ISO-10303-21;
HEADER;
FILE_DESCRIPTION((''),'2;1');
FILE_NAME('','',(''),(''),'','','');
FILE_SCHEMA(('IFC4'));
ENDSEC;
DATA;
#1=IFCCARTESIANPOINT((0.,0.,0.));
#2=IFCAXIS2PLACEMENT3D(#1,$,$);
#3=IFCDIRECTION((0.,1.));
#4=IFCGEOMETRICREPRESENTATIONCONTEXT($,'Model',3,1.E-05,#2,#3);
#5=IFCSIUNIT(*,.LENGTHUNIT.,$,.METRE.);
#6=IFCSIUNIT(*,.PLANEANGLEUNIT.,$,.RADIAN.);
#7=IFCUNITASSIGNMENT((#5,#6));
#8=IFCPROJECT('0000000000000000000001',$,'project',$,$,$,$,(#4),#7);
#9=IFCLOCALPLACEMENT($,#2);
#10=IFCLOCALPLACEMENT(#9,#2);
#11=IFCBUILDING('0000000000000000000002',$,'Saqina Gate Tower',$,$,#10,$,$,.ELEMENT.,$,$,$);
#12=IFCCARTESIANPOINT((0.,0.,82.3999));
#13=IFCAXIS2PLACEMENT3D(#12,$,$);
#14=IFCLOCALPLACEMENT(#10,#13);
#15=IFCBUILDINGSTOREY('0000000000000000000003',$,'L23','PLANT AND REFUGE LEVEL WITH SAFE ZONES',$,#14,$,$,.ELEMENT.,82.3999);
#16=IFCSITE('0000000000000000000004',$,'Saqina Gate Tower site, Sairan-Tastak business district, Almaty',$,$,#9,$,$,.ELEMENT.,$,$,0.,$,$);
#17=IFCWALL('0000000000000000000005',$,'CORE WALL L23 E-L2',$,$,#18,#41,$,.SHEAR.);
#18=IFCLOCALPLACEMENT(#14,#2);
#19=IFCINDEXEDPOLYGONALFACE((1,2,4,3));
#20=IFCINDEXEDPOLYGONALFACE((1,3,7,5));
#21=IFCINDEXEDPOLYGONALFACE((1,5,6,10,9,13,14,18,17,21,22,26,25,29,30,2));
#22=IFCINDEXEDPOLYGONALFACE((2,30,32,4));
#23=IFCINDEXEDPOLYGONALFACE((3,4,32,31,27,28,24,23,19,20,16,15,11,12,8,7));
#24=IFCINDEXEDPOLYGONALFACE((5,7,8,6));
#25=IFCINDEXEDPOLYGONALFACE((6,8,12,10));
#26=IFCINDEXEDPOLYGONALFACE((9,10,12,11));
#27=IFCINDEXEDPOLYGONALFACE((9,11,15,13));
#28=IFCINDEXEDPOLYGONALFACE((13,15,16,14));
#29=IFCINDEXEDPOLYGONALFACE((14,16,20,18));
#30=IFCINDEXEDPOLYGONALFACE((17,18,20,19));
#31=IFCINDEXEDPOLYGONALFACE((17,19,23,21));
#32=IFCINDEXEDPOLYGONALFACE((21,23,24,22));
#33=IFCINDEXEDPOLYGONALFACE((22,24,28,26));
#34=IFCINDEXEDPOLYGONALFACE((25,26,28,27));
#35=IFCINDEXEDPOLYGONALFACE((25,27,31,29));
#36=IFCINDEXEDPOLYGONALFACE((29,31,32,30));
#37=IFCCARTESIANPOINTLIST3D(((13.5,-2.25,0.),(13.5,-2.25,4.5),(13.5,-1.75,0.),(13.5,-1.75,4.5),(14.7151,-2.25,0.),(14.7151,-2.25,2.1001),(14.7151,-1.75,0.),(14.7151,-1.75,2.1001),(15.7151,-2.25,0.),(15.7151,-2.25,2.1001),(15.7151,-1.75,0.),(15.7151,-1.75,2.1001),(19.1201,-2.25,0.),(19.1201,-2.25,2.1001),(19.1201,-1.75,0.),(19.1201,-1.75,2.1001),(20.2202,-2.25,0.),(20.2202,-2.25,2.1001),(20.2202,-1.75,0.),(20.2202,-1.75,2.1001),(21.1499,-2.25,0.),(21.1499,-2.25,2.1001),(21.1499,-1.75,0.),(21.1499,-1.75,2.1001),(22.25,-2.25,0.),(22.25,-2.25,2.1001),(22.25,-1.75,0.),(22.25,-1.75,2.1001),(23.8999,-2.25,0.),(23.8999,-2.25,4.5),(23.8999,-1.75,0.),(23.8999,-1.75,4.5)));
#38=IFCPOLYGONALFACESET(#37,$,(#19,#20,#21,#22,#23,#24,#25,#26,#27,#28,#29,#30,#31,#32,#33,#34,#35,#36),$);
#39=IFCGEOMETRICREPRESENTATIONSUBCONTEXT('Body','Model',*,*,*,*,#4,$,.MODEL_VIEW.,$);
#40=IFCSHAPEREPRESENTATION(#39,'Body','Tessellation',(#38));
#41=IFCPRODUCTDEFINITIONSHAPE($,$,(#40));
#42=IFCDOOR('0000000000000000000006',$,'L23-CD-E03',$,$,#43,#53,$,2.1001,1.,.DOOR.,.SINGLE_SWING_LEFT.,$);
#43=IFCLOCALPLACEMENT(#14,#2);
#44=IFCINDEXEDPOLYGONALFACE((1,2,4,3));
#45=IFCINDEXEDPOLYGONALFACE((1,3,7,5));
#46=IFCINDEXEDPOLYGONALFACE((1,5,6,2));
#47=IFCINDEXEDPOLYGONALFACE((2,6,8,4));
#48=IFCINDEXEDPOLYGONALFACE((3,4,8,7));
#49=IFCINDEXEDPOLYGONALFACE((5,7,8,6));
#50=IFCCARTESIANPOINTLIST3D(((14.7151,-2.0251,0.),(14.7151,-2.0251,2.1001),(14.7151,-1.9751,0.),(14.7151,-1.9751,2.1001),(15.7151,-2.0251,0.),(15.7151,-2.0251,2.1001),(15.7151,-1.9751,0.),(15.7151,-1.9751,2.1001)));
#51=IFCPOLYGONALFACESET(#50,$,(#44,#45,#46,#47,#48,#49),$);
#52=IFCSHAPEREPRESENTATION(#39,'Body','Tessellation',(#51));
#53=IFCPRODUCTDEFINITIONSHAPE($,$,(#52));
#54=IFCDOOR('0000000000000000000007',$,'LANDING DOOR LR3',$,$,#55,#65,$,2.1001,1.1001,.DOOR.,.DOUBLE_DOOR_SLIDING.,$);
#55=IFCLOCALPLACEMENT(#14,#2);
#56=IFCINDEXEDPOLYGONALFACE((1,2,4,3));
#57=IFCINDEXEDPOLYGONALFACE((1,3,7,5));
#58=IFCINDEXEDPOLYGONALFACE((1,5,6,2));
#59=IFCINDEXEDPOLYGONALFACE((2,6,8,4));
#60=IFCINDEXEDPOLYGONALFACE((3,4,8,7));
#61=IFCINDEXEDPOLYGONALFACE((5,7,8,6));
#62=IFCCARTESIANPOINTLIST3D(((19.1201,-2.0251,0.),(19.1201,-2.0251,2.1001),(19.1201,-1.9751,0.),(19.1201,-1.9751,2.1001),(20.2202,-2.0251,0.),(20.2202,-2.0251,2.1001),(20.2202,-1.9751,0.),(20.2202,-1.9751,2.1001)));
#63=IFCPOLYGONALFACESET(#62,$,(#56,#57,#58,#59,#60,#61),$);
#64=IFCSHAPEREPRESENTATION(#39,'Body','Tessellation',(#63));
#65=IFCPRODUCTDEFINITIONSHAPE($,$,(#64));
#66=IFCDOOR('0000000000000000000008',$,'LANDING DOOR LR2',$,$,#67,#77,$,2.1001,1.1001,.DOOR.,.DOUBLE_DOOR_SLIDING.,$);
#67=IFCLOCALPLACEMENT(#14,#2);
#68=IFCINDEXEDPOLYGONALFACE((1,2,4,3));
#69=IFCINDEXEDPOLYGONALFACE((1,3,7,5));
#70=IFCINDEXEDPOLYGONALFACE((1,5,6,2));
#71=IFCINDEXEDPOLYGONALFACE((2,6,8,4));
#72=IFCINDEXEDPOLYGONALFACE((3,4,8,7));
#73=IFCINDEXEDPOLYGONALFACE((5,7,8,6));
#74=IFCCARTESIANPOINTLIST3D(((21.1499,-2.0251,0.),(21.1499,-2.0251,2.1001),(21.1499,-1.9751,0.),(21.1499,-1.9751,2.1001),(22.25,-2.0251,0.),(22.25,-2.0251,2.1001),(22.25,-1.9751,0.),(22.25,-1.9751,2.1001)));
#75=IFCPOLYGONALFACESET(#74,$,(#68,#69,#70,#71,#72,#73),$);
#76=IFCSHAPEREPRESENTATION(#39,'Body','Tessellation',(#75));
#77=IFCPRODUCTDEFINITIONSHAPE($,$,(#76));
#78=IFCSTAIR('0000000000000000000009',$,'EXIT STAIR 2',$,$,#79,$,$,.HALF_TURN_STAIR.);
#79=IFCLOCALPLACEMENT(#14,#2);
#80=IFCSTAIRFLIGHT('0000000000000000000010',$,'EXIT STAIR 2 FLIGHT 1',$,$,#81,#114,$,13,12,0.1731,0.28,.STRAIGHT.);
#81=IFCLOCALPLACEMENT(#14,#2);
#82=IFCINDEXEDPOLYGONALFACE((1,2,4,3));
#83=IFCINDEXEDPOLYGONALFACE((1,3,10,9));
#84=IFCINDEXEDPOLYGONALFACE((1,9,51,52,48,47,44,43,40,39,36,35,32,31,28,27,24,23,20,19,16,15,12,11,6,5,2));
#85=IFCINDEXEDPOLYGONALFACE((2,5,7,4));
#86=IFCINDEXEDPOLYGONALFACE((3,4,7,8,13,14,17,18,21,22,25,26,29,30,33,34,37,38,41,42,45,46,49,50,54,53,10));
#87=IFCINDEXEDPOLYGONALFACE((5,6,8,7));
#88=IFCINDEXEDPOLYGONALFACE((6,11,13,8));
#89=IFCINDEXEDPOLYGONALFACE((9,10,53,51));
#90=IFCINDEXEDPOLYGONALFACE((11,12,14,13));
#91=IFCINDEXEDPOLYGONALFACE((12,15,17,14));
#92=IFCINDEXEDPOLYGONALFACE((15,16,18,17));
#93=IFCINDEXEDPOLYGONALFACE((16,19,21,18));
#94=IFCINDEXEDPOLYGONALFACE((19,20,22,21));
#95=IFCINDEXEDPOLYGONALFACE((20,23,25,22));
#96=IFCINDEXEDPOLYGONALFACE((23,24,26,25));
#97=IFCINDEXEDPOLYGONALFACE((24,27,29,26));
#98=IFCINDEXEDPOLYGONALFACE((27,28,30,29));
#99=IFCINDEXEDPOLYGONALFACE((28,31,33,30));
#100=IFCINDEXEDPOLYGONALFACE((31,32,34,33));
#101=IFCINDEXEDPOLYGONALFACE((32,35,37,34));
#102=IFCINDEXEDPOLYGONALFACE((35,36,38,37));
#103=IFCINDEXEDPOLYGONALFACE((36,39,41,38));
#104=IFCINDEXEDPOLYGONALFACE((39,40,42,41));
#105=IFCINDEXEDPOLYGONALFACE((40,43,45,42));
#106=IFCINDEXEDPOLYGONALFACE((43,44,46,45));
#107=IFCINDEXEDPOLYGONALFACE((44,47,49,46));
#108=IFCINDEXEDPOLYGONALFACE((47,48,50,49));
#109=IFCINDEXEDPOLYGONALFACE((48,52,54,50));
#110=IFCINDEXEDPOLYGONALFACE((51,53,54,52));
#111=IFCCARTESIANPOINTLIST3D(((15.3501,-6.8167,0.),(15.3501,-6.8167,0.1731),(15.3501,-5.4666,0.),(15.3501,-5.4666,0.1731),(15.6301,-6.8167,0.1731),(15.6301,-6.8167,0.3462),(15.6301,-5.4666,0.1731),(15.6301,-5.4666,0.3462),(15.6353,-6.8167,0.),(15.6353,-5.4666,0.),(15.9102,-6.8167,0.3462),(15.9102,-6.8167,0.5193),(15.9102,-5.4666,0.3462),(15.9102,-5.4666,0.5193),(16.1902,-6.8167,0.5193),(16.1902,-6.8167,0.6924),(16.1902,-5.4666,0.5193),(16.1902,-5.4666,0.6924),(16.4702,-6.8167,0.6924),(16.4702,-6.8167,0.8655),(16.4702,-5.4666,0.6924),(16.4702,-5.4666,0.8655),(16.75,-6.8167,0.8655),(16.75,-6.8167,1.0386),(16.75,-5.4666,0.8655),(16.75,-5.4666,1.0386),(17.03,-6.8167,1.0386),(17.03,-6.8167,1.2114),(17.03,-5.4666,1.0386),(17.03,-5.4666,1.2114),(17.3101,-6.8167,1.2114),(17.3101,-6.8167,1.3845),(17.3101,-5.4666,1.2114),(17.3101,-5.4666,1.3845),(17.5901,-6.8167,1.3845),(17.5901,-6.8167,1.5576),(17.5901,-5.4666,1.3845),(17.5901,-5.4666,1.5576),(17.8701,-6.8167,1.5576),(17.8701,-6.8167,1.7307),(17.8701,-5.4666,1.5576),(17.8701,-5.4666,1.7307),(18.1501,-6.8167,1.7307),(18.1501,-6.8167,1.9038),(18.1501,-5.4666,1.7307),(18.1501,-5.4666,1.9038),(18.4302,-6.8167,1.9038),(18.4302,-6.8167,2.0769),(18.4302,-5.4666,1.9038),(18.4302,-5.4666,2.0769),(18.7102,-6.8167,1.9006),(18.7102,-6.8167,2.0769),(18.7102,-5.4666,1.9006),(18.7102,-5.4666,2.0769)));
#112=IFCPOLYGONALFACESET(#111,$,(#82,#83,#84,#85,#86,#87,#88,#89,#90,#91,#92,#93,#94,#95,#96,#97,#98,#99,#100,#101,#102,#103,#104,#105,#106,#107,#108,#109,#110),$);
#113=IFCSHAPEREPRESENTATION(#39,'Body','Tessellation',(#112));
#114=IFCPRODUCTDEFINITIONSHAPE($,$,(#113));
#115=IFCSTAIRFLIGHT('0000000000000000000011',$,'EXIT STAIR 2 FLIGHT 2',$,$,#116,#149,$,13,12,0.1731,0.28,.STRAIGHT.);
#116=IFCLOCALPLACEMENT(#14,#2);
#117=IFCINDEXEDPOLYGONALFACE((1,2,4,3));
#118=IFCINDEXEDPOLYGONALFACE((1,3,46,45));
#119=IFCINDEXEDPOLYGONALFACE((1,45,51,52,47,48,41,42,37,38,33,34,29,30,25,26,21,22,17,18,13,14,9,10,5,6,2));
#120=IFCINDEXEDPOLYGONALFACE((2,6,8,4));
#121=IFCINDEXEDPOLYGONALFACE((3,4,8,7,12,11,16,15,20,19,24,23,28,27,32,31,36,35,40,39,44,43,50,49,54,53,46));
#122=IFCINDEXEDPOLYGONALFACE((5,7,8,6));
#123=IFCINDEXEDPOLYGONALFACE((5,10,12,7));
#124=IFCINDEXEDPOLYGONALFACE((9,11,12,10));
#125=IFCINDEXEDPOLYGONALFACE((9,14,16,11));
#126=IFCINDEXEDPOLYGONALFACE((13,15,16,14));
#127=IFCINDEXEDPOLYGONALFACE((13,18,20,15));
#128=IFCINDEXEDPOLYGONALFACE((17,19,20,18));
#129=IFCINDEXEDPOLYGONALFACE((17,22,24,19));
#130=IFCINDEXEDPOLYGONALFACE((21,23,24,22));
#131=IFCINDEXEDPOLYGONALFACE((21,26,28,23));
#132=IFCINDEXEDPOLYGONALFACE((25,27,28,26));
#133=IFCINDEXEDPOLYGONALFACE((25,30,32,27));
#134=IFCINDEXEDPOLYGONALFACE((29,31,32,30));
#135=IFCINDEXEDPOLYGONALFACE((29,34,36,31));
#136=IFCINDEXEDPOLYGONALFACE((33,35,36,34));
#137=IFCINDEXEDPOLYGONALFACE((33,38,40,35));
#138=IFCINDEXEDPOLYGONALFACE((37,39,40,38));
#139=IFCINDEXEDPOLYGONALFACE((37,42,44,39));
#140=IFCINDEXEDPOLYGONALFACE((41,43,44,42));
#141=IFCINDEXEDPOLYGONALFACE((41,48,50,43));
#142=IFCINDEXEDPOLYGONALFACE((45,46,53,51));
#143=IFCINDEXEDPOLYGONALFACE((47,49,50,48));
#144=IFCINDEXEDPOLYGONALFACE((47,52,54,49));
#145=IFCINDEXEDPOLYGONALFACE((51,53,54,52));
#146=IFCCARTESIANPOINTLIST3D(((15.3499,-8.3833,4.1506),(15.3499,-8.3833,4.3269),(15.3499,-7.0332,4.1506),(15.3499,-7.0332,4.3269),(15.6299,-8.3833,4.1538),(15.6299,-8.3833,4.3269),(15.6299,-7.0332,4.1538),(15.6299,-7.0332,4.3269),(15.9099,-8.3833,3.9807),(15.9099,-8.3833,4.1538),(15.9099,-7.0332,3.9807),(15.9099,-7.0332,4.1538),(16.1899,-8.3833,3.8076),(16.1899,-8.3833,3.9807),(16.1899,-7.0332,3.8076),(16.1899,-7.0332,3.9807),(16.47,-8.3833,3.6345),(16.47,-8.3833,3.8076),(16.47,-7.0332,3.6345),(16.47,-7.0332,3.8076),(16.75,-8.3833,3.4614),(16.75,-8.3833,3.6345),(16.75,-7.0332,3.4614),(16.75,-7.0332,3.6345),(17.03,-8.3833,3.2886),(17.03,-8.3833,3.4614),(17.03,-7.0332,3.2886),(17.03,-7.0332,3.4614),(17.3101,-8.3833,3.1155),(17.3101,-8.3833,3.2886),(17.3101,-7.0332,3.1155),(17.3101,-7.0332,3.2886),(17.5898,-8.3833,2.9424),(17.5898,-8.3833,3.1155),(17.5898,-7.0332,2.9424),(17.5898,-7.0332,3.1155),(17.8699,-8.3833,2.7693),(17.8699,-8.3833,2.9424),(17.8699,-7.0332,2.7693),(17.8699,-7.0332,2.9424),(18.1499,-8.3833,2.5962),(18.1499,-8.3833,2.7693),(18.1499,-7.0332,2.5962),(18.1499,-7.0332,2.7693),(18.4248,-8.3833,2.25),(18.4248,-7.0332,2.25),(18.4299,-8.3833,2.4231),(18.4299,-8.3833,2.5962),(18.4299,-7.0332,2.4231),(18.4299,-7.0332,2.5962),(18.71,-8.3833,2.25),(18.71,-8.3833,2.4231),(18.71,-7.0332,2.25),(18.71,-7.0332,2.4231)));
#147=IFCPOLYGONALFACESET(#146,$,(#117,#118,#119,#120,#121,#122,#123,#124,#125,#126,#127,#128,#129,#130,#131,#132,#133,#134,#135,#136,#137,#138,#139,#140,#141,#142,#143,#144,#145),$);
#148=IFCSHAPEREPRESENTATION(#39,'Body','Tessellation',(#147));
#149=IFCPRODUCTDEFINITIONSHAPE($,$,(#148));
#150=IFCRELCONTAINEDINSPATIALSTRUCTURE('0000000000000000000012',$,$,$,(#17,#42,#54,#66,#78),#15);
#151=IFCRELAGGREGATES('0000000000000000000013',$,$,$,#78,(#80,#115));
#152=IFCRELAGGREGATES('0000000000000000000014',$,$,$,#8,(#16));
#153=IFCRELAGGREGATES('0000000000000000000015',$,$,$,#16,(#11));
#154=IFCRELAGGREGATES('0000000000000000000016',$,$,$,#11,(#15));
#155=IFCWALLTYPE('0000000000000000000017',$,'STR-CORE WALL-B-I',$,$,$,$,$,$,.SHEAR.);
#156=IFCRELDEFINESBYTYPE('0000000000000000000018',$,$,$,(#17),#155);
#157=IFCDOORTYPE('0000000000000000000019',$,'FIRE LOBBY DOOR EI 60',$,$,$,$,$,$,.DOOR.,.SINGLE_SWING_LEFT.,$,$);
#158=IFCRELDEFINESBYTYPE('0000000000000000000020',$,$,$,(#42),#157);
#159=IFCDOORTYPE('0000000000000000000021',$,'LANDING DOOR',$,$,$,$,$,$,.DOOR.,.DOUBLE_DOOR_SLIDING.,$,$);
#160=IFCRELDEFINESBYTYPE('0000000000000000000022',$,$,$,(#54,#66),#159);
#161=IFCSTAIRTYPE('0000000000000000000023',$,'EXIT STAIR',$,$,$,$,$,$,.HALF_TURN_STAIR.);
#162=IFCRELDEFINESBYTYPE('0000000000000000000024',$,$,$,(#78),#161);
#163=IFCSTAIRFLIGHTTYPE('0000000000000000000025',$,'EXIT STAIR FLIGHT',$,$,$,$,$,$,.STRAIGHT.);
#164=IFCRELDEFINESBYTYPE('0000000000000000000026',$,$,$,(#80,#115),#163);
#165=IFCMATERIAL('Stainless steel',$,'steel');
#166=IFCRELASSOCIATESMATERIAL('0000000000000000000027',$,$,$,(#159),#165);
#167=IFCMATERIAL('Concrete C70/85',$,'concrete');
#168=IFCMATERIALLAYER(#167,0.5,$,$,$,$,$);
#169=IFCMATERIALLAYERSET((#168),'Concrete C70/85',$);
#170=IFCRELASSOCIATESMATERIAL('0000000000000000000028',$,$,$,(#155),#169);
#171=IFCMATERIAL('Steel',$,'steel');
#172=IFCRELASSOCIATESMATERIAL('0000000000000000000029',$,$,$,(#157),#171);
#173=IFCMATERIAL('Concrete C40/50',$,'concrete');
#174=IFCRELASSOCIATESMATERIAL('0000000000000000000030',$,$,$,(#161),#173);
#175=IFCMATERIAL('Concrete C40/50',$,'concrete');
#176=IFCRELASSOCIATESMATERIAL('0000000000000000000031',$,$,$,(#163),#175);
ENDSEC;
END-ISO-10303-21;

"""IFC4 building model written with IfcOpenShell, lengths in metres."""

from ifc_helpers import new_model, si_unit, direction, frame, frame_2d, origin, place, context, subcontext, project, spatial, polyline, rectangle, outline, extrude, material, layer, layer_set, type_object, element, fill, aggregate, save


model = new_model("IFC4")

# Units and contexts
model_context = context("Model", 3, precision=1e-05, world=origin(), true_north=direction((0.0, 1.0)))
body_context = subcontext(model_context, "Body", "Model", "MODEL_VIEW")
ifc_project = project(units=[si_unit("LENGTHUNIT", "METRE"), si_unit("PLANEANGLEUNIT", "RADIAN")], contexts=[model_context])

# Site, building, storey
site_placement = place(None, origin())
site = spatial("IfcSite", under=ifc_project, at=site_placement, Name="Saqina Gate Tower site, Sairan-Tastak business district, Almaty", CompositionType="ELEMENT", RefElevation=0.0)
building_placement = place(site_placement, origin())
building = spatial("IfcBuilding", under=site, at=building_placement, Name="Saqina Gate Tower", CompositionType="ELEMENT")
storey_placement = place(building_placement, frame((0.0, 0.0, 82.3999)))
storey = spatial("IfcBuildingStorey", under=building, at=storey_placement, Name="L23", Description="PLANT AND REFUGE LEVEL WITH SAFE ZONES", CompositionType="ELEMENT", Elevation=82.3999)

# Shared definitions
ifc_material_1 = material(Name="Stainless steel", Category="steel")
door_type_1 = type_object("IfcDoorType", Name="LANDING DOOR", OperationType="DOUBLE_DOOR_SLIDING", PredefinedType="DOOR", material=ifc_material_1)

# Wall, openings, doors
ifc_material_2 = material(Name="Concrete C70/85", Category="concrete")
ifc_layer_1 = layer(ifc_material_2, 0.5)
ifc_layer_set_1 = layer_set([ifc_layer_1], Name="Concrete C70/85")
wall_type_1 = type_object("IfcWallType", Name="STR-CORE WALL-B-I", PredefinedType="SHEAR", material=ifc_layer_set_1)
wall_1_placement = place(storey_placement, frame((13.5, -2.0, 0.0), z_axis=(0.0, 0.0, 1.0), x_axis=(1.0, 0.0, 0.0)))
wall_1 = element("IfcWall", 1, at=wall_1_placement, inside=storey, type_object=wall_type_1, Name="CORE WALL L23 E-L2", PredefinedType="SHEAR", context=body_context, shape_type="SweptSolid", body=[
    extrude(rectangle(XDim=10.3999, YDim=0.5, at=frame_2d((5.2, 0.0))), origin(), (0.0, 0.0, 1.0), 4.5),
])
opening_1_placement = place(wall_1_placement, frame((5.6201, 0.0, 0.0)))
opening_1 = element("IfcOpeningElement", 2, at=opening_1_placement, cuts=wall_1, PredefinedType="OPENING", context=body_context, shape_type="SweptSolid", body=[
    extrude(rectangle(XDim=1.1001, YDim=2.1001, at=frame_2d((0.55, 1.05))), frame((0.0, 0.262, 0.0), z_axis=(0.0, -1.0, 0.0), x_axis=(1.0, 0.0, 0.0)), (0.0, 0.0, 1.0), 0.5239),
])
opening_2_placement = place(wall_1_placement, frame((7.6499, 0.0, 0.0)))
opening_2 = element("IfcOpeningElement", 3, at=opening_2_placement, cuts=wall_1, PredefinedType="OPENING", context=body_context, shape_type="SweptSolid", body=[
    extrude(rectangle(XDim=1.1001, YDim=2.1001, at=frame_2d((0.55, 1.05))), frame((0.0, 0.262, 0.0), z_axis=(0.0, -1.0, 0.0), x_axis=(1.0, 0.0, 0.0)), (0.0, 0.0, 1.0), 0.5239),
])
opening_3_placement = place(wall_1_placement, frame((1.2151, 0.0, 0.0)))
opening_3 = element("IfcOpeningElement", 4, at=opening_3_placement, cuts=wall_1, PredefinedType="OPENING", context=body_context, shape_type="SweptSolid", body=[
    extrude(rectangle(XDim=1.0, YDim=2.1001, at=frame_2d((0.5, 1.05))), frame((0.0, 0.262, 0.0), z_axis=(0.0, -1.0, 0.0), x_axis=(1.0, 0.0, 0.0)), (0.0, 0.0, 1.0), 0.5239),
])
ifc_material_3 = material(Name="Steel", Category="steel")
door_type_2 = type_object("IfcDoorType", Name="FIRE LOBBY DOOR EI 60", OperationType="SINGLE_SWING_LEFT", PredefinedType="DOOR", material=ifc_material_3)
door_1_placement = place(opening_3_placement, origin())
door_1 = element("IfcDoor", 5, at=door_1_placement, inside=storey, type_object=door_type_2, Name="L23-CD-E03", OperationType="SINGLE_SWING_LEFT", OverallHeight=2.1001, OverallWidth=1.0, PredefinedType="DOOR", context=body_context, shape_type="SweptSolid", body=[
    extrude(rectangle(XDim=1.0, YDim=2.1001, at=frame_2d((0.5, 1.05))), frame((0.0, 0.0249, 0.0), z_axis=(0.0, -1.0, 0.0), x_axis=(1.0, 0.0, 0.0)), (0.0, 0.0, 1.0), 0.05),
])
fill(opening_3, door_1)
door_2_placement = place(opening_1_placement, origin())
door_2 = element("IfcDoor", 6, at=door_2_placement, inside=storey, type_object=door_type_1, Name="LANDING DOOR LR3", OperationType="DOUBLE_DOOR_SLIDING", OverallHeight=2.1001, OverallWidth=1.1001, PredefinedType="DOOR", context=body_context, shape_type="SweptSolid", body=[
    extrude(rectangle(XDim=1.1001, YDim=2.1001, at=frame_2d((0.55, 1.05))), frame((0.0, 0.0249, 0.0), z_axis=(0.0, -1.0, 0.0), x_axis=(1.0, 0.0, 0.0)), (0.0, 0.0, 1.0), 0.05),
])
fill(opening_1, door_2)
door_3_placement = place(opening_2_placement, origin())
door_3 = element("IfcDoor", 7, at=door_3_placement, inside=storey, type_object=door_type_1, Name="LANDING DOOR LR2", OperationType="DOUBLE_DOOR_SLIDING", OverallHeight=2.1001, OverallWidth=1.1001, PredefinedType="DOOR", context=body_context, shape_type="SweptSolid", body=[
    extrude(rectangle(XDim=1.1001, YDim=2.1001, at=frame_2d((0.55, 1.05))), frame((0.0, 0.0249, 0.0), z_axis=(0.0, -1.0, 0.0), x_axis=(1.0, 0.0, 0.0)), (0.0, 0.0, 1.0), 0.05),
])
fill(opening_2, door_3)

# Stair, stair flights
ifc_material_4 = material(Name="Concrete C40/50", Category="concrete")
stair_type = type_object("IfcStairType", Name="EXIT STAIR", PredefinedType="HALF_TURN_STAIR", material=ifc_material_4)
stair_placement = place(storey_placement, origin())
stair = element("IfcStair", 8, at=stair_placement, inside=storey, type_object=stair_type, Name="EXIT STAIR 2", PredefinedType="HALF_TURN_STAIR")
ifc_material_5 = material(Name="Concrete C40/50", Category="concrete")
stair_flight_type = type_object("IfcStairFlightType", Name="EXIT STAIR FLIGHT", PredefinedType="STRAIGHT", material=ifc_material_5)
stair_flight_1_placement = place(storey_placement, frame((15.3501, -6.1416, 0.0), z_axis=(0.0, 0.0, 1.0), x_axis=(1.0, 0.0, 0.0)))
stair_flight_1 = element("IfcStairFlight", 9, at=stair_flight_1_placement, type_object=stair_flight_type, Name="EXIT STAIR 2 FLIGHT 1", NumberOfRisers=13, NumberOfTreads=12, PredefinedType="STRAIGHT", RiserHeight=0.1731, TreadLength=0.28, context=body_context, shape_type="SweptSolid", body=[
    extrude(outline(polyline([(0.0, 0.0), (0.0, 0.1731), (0.28, 0.1731), (0.28, 0.3462), (0.5601, 0.3462), (0.5601, 0.5193), (0.8401, 0.5193), (0.8401, 0.6924), (1.1201, 0.6924), (1.1201, 0.8655), (1.3999, 0.8655), (1.3999, 1.0386), (1.6799, 1.0386), (1.6799, 1.2114), (1.96, 1.2114), (1.96, 1.3845), (2.24, 1.3845), (2.24, 1.5576), (2.52, 1.5576), (2.52, 1.7307), (2.8, 1.7307), (2.8, 1.9038), (3.0801, 1.9038), (3.0801, 2.0769), (3.3601, 2.0769), (3.3601, 2.25), (3.3601, 1.9006), (0.2852, 0.0), (0.0, 0.0)])), frame((0.0, 0.675, 0.0), z_axis=(0.0, -1.0, 0.0), x_axis=(1.0, 0.0, 0.0)), (0.0, 0.0, 1.0), 1.3501),
])
stair_flight_2_placement = place(storey_placement, frame((18.71, -7.7083, 2.25), z_axis=(0.0, 0.0, 1.0), x_axis=(-1.0, 0.0, 0.0)))
stair_flight_2 = element("IfcStairFlight", 10, at=stair_flight_2_placement, type_object=stair_flight_type, Name="EXIT STAIR 2 FLIGHT 2", NumberOfRisers=13, NumberOfTreads=12, PredefinedType="STRAIGHT", RiserHeight=0.1731, TreadLength=0.28, context=body_context, shape_type="SweptSolid", body=[
    extrude(outline(polyline([(0.0, 0.0), (0.0, 0.1731), (0.28, 0.1731), (0.28, 0.3462), (0.5601, 0.3462), (0.5601, 0.5193), (0.8401, 0.5193), (0.8401, 0.6924), (1.1201, 0.6924), (1.1201, 0.8655), (1.3999, 0.8655), (1.3999, 1.0386), (1.6799, 1.0386), (1.6799, 1.2114), (1.96, 1.2114), (1.96, 1.3845), (2.24, 1.3845), (2.24, 1.5576), (2.52, 1.5576), (2.52, 1.7307), (2.8, 1.7307), (2.8, 1.9038), (3.0801, 1.9038), (3.0801, 2.0769), (3.3601, 2.0769), (3.3601, 2.25), (3.3601, 1.9006), (0.2852, 0.0), (0.0, 0.0)])), frame((0.0, 0.675, 0.0), z_axis=(0.0, -1.0, 0.0), x_axis=(1.0, 0.0, 0.0)), (0.0, 0.0, 1.0), 1.3501),
])
aggregate(stair, [stair_flight_1, stair_flight_2])

save(model, "model.ifc")
